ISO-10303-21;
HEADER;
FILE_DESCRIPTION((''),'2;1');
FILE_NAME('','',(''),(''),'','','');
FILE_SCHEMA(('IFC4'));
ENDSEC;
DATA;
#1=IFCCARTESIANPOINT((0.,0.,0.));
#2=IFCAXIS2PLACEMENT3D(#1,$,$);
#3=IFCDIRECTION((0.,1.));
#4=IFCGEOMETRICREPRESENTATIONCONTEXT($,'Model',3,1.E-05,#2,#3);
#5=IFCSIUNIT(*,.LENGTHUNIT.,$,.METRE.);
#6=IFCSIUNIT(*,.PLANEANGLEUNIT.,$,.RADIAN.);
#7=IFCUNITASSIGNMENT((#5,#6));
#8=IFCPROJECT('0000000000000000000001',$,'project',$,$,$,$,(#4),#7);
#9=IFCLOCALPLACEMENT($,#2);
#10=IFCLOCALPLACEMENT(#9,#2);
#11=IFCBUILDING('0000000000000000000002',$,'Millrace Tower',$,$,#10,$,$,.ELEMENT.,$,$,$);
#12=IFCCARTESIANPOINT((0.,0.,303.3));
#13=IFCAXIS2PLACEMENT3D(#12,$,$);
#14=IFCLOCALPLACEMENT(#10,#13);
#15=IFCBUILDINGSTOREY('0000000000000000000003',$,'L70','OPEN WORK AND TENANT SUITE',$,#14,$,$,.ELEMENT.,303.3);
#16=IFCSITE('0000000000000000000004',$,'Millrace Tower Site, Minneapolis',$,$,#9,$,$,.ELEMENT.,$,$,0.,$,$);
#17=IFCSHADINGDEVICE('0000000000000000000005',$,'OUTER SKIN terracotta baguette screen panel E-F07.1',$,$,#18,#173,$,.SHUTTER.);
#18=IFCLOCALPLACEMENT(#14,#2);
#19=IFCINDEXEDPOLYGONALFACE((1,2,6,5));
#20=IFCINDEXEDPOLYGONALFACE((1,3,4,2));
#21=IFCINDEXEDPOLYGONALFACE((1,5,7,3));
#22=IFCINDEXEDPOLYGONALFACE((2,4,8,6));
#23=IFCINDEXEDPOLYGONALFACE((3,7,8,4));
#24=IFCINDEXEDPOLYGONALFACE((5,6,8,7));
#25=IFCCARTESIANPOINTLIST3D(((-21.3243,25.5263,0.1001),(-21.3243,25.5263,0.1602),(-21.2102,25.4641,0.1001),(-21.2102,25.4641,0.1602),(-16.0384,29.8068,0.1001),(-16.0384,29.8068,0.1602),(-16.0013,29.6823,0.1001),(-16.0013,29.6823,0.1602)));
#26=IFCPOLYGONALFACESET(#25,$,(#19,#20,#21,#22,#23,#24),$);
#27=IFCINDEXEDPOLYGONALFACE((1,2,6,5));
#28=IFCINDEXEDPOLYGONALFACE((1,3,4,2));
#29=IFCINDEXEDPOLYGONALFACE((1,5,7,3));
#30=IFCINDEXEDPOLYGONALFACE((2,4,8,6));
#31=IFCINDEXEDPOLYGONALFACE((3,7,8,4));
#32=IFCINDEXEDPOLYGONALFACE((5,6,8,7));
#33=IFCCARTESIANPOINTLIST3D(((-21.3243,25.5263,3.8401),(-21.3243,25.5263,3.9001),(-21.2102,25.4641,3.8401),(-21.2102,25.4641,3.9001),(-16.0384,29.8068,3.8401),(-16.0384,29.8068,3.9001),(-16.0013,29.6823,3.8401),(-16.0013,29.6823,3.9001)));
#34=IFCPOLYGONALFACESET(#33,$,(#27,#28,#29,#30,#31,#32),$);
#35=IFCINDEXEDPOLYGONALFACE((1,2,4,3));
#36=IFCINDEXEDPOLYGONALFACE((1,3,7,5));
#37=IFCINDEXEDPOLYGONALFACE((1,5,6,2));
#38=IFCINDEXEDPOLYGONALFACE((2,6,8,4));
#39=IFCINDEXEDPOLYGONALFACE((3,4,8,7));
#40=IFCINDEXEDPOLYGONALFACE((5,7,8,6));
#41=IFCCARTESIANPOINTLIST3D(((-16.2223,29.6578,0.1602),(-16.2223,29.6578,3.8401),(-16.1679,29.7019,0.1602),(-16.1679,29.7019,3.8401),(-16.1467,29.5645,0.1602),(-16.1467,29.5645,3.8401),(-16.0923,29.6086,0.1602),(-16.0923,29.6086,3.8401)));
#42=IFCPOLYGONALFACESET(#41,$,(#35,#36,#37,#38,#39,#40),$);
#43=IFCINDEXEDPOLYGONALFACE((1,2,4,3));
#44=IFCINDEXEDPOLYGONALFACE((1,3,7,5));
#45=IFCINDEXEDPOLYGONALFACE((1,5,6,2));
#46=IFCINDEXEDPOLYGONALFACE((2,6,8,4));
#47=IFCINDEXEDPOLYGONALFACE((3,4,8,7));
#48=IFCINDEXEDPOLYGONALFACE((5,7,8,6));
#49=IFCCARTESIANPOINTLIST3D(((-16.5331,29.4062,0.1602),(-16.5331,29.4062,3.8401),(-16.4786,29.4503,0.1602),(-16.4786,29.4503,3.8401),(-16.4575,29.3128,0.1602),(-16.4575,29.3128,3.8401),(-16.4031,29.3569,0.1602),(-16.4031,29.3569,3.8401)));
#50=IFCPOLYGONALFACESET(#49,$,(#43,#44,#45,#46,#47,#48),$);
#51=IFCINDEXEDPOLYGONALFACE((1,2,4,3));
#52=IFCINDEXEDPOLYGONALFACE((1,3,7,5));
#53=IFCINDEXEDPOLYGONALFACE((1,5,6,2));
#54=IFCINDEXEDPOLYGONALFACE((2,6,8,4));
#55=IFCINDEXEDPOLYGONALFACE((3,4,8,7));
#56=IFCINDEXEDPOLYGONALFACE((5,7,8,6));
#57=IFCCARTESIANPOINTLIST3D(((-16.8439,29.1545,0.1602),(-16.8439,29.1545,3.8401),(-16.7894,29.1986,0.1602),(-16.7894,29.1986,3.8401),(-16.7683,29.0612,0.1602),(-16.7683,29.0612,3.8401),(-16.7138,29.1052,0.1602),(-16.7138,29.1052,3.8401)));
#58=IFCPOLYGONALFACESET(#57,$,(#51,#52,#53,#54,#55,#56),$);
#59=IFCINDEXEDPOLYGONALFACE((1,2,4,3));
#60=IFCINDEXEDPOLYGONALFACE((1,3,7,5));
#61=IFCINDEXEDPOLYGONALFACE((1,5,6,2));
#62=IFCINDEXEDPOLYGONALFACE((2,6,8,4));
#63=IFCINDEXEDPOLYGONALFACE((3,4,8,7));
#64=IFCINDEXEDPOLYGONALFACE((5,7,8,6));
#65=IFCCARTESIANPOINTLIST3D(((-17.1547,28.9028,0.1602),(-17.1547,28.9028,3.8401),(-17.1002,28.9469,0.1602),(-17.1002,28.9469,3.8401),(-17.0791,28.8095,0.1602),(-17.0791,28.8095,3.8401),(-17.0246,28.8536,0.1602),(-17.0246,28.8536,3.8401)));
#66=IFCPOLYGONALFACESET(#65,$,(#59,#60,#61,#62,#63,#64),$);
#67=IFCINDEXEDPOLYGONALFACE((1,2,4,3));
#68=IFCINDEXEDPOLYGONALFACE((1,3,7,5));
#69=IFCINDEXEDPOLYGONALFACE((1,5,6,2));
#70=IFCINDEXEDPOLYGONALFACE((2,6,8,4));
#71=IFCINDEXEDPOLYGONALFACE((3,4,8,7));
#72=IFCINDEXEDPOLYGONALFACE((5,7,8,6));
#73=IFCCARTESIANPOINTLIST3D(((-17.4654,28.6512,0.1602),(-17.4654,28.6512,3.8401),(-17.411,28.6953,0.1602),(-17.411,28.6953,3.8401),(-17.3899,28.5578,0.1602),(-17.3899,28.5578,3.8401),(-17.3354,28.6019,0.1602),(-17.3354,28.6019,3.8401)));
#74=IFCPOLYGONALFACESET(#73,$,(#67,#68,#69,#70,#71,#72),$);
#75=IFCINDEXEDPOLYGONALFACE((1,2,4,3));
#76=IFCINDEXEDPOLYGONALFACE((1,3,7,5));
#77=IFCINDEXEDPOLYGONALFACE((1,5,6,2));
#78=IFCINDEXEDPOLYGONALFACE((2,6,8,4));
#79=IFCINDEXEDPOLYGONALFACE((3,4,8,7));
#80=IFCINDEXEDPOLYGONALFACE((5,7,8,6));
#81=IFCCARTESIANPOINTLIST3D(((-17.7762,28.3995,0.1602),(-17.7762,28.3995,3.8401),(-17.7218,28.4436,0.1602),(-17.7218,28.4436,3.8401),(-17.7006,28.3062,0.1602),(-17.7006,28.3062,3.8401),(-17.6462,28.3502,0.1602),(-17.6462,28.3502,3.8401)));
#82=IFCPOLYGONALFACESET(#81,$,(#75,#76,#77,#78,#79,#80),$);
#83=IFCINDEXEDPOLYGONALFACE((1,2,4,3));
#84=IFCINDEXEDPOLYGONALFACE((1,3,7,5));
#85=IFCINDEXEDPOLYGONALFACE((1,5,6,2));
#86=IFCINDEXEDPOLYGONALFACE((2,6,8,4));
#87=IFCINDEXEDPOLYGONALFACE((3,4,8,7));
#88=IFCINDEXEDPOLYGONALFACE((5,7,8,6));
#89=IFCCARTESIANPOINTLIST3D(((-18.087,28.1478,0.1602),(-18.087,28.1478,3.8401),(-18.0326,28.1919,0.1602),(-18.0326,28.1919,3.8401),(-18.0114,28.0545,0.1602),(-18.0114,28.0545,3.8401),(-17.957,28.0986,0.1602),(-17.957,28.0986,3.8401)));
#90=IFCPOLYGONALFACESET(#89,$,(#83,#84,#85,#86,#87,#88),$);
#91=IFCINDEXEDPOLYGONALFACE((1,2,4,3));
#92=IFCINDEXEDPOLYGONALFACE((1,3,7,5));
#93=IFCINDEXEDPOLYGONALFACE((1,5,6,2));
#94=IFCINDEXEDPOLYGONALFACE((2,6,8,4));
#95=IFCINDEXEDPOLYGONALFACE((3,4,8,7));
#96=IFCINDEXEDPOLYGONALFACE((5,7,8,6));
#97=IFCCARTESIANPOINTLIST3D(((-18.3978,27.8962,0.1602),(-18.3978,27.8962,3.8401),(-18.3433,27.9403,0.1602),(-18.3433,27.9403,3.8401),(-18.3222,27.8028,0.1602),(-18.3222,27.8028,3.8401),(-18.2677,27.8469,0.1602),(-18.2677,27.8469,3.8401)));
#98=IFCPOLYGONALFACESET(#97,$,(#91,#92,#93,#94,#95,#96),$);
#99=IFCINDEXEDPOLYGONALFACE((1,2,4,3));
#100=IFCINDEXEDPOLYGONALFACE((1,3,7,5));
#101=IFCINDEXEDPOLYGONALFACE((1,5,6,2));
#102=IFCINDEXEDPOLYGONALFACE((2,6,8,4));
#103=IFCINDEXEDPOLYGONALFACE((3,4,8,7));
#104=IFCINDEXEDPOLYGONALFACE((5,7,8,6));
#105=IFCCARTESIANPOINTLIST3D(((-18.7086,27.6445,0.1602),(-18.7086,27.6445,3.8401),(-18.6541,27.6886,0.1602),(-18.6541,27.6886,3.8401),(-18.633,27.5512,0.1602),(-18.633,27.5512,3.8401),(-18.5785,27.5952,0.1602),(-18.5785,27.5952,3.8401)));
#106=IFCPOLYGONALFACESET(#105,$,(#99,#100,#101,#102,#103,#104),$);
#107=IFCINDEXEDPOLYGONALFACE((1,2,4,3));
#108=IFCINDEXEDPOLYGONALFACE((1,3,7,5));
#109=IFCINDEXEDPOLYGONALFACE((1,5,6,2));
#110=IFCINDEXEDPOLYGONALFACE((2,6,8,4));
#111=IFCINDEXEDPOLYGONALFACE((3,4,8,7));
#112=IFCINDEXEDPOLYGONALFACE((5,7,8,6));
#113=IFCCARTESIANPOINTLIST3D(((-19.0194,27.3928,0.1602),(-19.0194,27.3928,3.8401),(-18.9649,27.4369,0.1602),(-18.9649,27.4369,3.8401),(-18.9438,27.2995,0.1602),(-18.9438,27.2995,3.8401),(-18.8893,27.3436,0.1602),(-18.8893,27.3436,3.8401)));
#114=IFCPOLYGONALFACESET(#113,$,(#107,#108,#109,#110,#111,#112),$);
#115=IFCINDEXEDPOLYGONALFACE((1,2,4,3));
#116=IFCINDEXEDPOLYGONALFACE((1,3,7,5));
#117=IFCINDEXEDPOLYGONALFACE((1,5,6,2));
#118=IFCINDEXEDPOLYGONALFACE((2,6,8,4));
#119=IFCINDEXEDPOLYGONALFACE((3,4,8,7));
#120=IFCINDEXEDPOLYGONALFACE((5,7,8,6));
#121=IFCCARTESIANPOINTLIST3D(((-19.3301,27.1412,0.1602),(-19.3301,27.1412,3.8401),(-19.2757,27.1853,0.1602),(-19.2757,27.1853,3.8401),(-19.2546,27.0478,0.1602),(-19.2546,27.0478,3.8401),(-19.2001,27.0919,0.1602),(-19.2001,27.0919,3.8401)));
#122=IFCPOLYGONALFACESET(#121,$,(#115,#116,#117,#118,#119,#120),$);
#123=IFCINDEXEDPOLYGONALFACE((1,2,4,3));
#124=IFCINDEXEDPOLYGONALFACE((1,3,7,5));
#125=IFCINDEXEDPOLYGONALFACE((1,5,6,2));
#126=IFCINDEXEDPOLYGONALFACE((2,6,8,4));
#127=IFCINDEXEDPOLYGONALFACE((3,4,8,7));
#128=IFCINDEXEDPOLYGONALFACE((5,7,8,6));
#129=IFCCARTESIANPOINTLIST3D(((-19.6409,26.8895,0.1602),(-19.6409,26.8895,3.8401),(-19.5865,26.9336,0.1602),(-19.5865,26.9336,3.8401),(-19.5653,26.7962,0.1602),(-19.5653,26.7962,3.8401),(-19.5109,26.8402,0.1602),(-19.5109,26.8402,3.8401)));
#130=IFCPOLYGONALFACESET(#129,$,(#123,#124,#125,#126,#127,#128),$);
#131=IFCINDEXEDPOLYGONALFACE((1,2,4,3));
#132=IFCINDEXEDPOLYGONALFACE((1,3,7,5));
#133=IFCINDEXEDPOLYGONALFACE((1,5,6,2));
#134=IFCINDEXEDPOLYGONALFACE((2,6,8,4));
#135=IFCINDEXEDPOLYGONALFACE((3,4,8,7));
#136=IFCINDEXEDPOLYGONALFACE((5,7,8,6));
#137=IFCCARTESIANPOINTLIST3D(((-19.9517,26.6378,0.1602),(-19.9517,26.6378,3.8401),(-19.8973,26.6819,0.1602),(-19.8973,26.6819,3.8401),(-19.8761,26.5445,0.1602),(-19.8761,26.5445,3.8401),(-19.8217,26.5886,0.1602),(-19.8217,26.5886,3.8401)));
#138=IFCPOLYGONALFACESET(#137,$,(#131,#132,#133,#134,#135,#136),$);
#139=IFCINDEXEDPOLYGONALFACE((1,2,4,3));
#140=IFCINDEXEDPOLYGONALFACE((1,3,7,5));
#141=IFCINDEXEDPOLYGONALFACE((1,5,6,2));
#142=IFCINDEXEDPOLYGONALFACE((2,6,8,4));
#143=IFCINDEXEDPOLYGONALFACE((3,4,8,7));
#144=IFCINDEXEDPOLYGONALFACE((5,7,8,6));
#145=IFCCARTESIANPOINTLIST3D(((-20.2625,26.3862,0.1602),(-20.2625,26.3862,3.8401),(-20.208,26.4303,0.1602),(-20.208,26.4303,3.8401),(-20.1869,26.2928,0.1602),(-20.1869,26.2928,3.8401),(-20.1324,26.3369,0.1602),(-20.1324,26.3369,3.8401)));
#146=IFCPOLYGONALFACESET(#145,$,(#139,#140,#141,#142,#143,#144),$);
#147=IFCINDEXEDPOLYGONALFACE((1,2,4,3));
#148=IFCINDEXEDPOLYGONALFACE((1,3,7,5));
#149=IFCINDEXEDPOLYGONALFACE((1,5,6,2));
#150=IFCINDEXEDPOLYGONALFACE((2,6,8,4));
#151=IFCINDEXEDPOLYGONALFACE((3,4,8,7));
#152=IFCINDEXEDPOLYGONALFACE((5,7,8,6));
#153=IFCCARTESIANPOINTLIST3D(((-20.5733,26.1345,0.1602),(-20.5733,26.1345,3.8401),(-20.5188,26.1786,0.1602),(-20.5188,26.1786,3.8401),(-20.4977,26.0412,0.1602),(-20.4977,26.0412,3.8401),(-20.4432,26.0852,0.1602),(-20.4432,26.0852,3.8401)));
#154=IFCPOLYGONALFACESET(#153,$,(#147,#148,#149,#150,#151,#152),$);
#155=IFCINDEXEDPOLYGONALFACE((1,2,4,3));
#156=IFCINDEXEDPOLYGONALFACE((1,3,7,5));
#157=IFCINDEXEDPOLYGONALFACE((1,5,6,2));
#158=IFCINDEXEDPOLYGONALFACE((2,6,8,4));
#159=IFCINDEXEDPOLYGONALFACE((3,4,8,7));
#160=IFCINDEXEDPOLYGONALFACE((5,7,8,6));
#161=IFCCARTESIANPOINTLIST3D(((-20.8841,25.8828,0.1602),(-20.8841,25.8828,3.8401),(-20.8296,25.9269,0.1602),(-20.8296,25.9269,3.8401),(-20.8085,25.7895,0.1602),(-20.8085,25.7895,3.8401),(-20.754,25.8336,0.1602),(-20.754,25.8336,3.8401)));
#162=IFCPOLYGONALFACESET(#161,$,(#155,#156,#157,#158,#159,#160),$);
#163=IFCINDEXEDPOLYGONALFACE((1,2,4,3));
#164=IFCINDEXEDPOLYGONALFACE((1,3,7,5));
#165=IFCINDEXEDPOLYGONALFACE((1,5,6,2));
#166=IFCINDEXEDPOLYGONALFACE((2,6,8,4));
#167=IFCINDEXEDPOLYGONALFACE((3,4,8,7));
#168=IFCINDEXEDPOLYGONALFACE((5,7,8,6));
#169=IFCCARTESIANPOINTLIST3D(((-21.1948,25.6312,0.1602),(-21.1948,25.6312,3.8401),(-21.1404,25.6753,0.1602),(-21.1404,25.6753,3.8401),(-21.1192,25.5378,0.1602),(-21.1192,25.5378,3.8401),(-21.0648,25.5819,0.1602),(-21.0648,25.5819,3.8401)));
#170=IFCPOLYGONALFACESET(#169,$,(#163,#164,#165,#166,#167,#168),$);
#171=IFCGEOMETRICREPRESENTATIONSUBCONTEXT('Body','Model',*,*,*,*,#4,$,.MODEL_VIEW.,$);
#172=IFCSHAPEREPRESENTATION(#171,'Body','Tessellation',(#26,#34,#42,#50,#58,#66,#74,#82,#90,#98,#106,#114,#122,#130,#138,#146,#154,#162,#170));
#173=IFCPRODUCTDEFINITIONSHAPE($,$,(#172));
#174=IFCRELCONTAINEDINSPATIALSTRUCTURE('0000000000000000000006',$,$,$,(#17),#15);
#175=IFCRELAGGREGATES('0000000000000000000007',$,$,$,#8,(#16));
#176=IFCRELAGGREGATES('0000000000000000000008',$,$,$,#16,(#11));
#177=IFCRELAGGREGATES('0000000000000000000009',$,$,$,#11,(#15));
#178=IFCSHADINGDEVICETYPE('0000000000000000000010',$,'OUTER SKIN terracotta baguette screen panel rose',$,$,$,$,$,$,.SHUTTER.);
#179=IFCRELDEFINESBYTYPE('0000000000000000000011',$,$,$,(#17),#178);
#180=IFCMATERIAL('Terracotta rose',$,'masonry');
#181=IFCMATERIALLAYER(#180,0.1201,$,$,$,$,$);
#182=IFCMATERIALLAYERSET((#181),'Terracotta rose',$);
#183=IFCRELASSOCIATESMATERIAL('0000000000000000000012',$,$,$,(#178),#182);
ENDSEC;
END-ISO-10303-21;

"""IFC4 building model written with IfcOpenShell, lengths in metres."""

from ifc_helpers import new_model, entity, si_unit, direction, frame, frame_2d, origin, origin_2d, place, context, subcontext, project, spatial, rectangle, extrude, source, transform, mapped, material, layer, layer_set, type_object, element, save


model = new_model("IFC4")

# Units and contexts
model_context = context("Model", 3, precision=1e-05, world=origin(), true_north=direction((0.0, 1.0)))
body_context = subcontext(model_context, "Body", "Model", "MODEL_VIEW")
ifc_project = project(units=[si_unit("LENGTHUNIT", "METRE"), si_unit("PLANEANGLEUNIT", "RADIAN")], contexts=[model_context])

# Site, building, storey
site_placement = place(None, origin())
site = spatial("IfcSite", under=ifc_project, at=site_placement, Name="Millrace Tower Site, Minneapolis", CompositionType="ELEMENT", RefElevation=0.0)
building_placement = place(site_placement, origin())
building = spatial("IfcBuilding", under=site, at=building_placement, Name="Millrace Tower", CompositionType="ELEMENT")
storey_placement = place(building_placement, frame((0.0, 0.0, 303.3)))
storey = spatial("IfcBuildingStorey", under=building, at=storey_placement, Name="L70", Description="OPEN WORK AND TENANT SUITE", CompositionType="ELEMENT", Elevation=303.3)

# Shading device
ifc_material_1 = material(Name="Terracotta rose", Category="masonry")
ifc_layer_1 = layer(ifc_material_1, 0.1201)
ifc_layer_set_1 = layer_set([ifc_layer_1], Name="Terracotta rose")
shading_device_type = type_object("IfcShadingDeviceType", Name="OUTER SKIN terracotta baguette screen panel rose", PredefinedType="SHUTTER", material=ifc_layer_set_1)
cartesian_point_1 = entity("IfcCartesianPoint", [-3.3513, 0.0601])
shared_polyline_1 = entity("IfcPolyline", [cartesian_point_1, entity("IfcCartesianPoint", [3.3513, 0.0601]), entity("IfcCartesianPoint", [3.4009, -0.0601]), entity("IfcCartesianPoint", [-3.4009, -0.0601]), cartesian_point_1])
shared_shape_1 = source(origin(), body_context, "Body", "SweptSolid", [
    entity("IfcExtrudedAreaSolid", entity("IfcArbitraryClosedProfileDef", "AREA", None, shared_polyline_1), entity("IfcAxis2Placement3D", entity("IfcCartesianPoint", [0.0, 0.0, 0.0])), entity("IfcDirection", [0.0, 0.0, 1.0]), 0.0601),
    entity("IfcExtrudedAreaSolid", entity("IfcArbitraryClosedProfileDef", "AREA", None, shared_polyline_1), entity("IfcAxis2Placement3D", entity("IfcCartesianPoint", [0.0, 0.0, 3.74])), entity("IfcDirection", [0.0, 0.0, 1.0]), 0.0601),
    extrude(rectangle(XDim=0.0701, YDim=0.1201, at=frame_2d((-3.1992, 0.0))), frame((0.0, 0.0, 0.0601)), (0.0, 0.0, 1.0), 3.6799),
    extrude(rectangle(XDim=0.0701, YDim=0.1201, at=frame_2d((-2.7993, 0.0))), frame((0.0, 0.0, 0.0601)), (0.0, 0.0, 1.0), 3.6799),
    extrude(rectangle(XDim=0.0701, YDim=0.1201, at=frame_2d((-2.3994, 0.0))), frame((0.0, 0.0, 0.0601)), (0.0, 0.0, 1.0), 3.6799),
    extrude(rectangle(XDim=0.0701, YDim=0.1201, at=frame_2d((-1.9995, 0.0))), frame((0.0, 0.0, 0.0601)), (0.0, 0.0, 1.0), 3.6799),
    extrude(rectangle(XDim=0.0701, YDim=0.1201, at=frame_2d((-1.5996, 0.0))), frame((0.0, 0.0, 0.0601)), (0.0, 0.0, 1.0), 3.6799),
    extrude(rectangle(XDim=0.0701, YDim=0.1201, at=frame_2d((-1.1997, 0.0))), frame((0.0, 0.0, 0.0601)), (0.0, 0.0, 1.0), 3.6799),
    extrude(rectangle(XDim=0.0701, YDim=0.1201, at=frame_2d((-0.7998, 0.0))), frame((0.0, 0.0, 0.0601)), (0.0, 0.0, 1.0), 3.6799),
    extrude(rectangle(XDim=0.0701, YDim=0.1201, at=frame_2d((-0.3999, 0.0))), frame((0.0, 0.0, 0.0601)), (0.0, 0.0, 1.0), 3.6799),
    extrude(rectangle(XDim=0.0701, YDim=0.1201, at=origin_2d()), frame((0.0, 0.0, 0.0601)), (0.0, 0.0, 1.0), 3.6799),
    extrude(rectangle(XDim=0.0701, YDim=0.1201, at=frame_2d((0.3999, 0.0))), frame((0.0, 0.0, 0.0601)), (0.0, 0.0, 1.0), 3.6799),
    extrude(rectangle(XDim=0.0701, YDim=0.1201, at=frame_2d((0.7998, 0.0))), frame((0.0, 0.0, 0.0601)), (0.0, 0.0, 1.0), 3.6799),
    extrude(rectangle(XDim=0.0701, YDim=0.1201, at=frame_2d((1.1997, 0.0))), frame((0.0, 0.0, 0.0601)), (0.0, 0.0, 1.0), 3.6799),
    extrude(rectangle(XDim=0.0701, YDim=0.1201, at=frame_2d((1.5996, 0.0))), frame((0.0, 0.0, 0.0601)), (0.0, 0.0, 1.0), 3.6799),
    extrude(rectangle(XDim=0.0701, YDim=0.1201, at=frame_2d((1.9995, 0.0))), frame((0.0, 0.0, 0.0601)), (0.0, 0.0, 1.0), 3.6799),
    extrude(rectangle(XDim=0.0701, YDim=0.1201, at=frame_2d((2.3994, 0.0))), frame((0.0, 0.0, 0.0601)), (0.0, 0.0, 1.0), 3.6799),
    extrude(rectangle(XDim=0.0701, YDim=0.1201, at=frame_2d((2.7993, 0.0))), frame((0.0, 0.0, 0.0601)), (0.0, 0.0, 1.0), 3.6799),
    extrude(rectangle(XDim=0.0701, YDim=0.1201, at=frame_2d((3.1992, 0.0))), frame((0.0, 0.0, 0.0601)), (0.0, 0.0, 1.0), 3.6799),
])
shading_device_1_placement = place(storey_placement, frame((-18.6436, 27.6199, 0.1001), z_axis=(0.0, 0.0, 1.0), x_axis=(-0.777146, -0.62932, 0.0)))
element("IfcShadingDevice", 1, at=shading_device_1_placement, inside=storey, type_object=shading_device_type, Name="OUTER SKIN terracotta baguette screen panel E-F07.1", PredefinedType="SHUTTER", context=body_context, shape_type="MappedRepresentation", body=[
    mapped(shared_shape_1, transform((0.0, 0.0, 0.0), scale=1.0)),
])

save(model, "model.ifc")
